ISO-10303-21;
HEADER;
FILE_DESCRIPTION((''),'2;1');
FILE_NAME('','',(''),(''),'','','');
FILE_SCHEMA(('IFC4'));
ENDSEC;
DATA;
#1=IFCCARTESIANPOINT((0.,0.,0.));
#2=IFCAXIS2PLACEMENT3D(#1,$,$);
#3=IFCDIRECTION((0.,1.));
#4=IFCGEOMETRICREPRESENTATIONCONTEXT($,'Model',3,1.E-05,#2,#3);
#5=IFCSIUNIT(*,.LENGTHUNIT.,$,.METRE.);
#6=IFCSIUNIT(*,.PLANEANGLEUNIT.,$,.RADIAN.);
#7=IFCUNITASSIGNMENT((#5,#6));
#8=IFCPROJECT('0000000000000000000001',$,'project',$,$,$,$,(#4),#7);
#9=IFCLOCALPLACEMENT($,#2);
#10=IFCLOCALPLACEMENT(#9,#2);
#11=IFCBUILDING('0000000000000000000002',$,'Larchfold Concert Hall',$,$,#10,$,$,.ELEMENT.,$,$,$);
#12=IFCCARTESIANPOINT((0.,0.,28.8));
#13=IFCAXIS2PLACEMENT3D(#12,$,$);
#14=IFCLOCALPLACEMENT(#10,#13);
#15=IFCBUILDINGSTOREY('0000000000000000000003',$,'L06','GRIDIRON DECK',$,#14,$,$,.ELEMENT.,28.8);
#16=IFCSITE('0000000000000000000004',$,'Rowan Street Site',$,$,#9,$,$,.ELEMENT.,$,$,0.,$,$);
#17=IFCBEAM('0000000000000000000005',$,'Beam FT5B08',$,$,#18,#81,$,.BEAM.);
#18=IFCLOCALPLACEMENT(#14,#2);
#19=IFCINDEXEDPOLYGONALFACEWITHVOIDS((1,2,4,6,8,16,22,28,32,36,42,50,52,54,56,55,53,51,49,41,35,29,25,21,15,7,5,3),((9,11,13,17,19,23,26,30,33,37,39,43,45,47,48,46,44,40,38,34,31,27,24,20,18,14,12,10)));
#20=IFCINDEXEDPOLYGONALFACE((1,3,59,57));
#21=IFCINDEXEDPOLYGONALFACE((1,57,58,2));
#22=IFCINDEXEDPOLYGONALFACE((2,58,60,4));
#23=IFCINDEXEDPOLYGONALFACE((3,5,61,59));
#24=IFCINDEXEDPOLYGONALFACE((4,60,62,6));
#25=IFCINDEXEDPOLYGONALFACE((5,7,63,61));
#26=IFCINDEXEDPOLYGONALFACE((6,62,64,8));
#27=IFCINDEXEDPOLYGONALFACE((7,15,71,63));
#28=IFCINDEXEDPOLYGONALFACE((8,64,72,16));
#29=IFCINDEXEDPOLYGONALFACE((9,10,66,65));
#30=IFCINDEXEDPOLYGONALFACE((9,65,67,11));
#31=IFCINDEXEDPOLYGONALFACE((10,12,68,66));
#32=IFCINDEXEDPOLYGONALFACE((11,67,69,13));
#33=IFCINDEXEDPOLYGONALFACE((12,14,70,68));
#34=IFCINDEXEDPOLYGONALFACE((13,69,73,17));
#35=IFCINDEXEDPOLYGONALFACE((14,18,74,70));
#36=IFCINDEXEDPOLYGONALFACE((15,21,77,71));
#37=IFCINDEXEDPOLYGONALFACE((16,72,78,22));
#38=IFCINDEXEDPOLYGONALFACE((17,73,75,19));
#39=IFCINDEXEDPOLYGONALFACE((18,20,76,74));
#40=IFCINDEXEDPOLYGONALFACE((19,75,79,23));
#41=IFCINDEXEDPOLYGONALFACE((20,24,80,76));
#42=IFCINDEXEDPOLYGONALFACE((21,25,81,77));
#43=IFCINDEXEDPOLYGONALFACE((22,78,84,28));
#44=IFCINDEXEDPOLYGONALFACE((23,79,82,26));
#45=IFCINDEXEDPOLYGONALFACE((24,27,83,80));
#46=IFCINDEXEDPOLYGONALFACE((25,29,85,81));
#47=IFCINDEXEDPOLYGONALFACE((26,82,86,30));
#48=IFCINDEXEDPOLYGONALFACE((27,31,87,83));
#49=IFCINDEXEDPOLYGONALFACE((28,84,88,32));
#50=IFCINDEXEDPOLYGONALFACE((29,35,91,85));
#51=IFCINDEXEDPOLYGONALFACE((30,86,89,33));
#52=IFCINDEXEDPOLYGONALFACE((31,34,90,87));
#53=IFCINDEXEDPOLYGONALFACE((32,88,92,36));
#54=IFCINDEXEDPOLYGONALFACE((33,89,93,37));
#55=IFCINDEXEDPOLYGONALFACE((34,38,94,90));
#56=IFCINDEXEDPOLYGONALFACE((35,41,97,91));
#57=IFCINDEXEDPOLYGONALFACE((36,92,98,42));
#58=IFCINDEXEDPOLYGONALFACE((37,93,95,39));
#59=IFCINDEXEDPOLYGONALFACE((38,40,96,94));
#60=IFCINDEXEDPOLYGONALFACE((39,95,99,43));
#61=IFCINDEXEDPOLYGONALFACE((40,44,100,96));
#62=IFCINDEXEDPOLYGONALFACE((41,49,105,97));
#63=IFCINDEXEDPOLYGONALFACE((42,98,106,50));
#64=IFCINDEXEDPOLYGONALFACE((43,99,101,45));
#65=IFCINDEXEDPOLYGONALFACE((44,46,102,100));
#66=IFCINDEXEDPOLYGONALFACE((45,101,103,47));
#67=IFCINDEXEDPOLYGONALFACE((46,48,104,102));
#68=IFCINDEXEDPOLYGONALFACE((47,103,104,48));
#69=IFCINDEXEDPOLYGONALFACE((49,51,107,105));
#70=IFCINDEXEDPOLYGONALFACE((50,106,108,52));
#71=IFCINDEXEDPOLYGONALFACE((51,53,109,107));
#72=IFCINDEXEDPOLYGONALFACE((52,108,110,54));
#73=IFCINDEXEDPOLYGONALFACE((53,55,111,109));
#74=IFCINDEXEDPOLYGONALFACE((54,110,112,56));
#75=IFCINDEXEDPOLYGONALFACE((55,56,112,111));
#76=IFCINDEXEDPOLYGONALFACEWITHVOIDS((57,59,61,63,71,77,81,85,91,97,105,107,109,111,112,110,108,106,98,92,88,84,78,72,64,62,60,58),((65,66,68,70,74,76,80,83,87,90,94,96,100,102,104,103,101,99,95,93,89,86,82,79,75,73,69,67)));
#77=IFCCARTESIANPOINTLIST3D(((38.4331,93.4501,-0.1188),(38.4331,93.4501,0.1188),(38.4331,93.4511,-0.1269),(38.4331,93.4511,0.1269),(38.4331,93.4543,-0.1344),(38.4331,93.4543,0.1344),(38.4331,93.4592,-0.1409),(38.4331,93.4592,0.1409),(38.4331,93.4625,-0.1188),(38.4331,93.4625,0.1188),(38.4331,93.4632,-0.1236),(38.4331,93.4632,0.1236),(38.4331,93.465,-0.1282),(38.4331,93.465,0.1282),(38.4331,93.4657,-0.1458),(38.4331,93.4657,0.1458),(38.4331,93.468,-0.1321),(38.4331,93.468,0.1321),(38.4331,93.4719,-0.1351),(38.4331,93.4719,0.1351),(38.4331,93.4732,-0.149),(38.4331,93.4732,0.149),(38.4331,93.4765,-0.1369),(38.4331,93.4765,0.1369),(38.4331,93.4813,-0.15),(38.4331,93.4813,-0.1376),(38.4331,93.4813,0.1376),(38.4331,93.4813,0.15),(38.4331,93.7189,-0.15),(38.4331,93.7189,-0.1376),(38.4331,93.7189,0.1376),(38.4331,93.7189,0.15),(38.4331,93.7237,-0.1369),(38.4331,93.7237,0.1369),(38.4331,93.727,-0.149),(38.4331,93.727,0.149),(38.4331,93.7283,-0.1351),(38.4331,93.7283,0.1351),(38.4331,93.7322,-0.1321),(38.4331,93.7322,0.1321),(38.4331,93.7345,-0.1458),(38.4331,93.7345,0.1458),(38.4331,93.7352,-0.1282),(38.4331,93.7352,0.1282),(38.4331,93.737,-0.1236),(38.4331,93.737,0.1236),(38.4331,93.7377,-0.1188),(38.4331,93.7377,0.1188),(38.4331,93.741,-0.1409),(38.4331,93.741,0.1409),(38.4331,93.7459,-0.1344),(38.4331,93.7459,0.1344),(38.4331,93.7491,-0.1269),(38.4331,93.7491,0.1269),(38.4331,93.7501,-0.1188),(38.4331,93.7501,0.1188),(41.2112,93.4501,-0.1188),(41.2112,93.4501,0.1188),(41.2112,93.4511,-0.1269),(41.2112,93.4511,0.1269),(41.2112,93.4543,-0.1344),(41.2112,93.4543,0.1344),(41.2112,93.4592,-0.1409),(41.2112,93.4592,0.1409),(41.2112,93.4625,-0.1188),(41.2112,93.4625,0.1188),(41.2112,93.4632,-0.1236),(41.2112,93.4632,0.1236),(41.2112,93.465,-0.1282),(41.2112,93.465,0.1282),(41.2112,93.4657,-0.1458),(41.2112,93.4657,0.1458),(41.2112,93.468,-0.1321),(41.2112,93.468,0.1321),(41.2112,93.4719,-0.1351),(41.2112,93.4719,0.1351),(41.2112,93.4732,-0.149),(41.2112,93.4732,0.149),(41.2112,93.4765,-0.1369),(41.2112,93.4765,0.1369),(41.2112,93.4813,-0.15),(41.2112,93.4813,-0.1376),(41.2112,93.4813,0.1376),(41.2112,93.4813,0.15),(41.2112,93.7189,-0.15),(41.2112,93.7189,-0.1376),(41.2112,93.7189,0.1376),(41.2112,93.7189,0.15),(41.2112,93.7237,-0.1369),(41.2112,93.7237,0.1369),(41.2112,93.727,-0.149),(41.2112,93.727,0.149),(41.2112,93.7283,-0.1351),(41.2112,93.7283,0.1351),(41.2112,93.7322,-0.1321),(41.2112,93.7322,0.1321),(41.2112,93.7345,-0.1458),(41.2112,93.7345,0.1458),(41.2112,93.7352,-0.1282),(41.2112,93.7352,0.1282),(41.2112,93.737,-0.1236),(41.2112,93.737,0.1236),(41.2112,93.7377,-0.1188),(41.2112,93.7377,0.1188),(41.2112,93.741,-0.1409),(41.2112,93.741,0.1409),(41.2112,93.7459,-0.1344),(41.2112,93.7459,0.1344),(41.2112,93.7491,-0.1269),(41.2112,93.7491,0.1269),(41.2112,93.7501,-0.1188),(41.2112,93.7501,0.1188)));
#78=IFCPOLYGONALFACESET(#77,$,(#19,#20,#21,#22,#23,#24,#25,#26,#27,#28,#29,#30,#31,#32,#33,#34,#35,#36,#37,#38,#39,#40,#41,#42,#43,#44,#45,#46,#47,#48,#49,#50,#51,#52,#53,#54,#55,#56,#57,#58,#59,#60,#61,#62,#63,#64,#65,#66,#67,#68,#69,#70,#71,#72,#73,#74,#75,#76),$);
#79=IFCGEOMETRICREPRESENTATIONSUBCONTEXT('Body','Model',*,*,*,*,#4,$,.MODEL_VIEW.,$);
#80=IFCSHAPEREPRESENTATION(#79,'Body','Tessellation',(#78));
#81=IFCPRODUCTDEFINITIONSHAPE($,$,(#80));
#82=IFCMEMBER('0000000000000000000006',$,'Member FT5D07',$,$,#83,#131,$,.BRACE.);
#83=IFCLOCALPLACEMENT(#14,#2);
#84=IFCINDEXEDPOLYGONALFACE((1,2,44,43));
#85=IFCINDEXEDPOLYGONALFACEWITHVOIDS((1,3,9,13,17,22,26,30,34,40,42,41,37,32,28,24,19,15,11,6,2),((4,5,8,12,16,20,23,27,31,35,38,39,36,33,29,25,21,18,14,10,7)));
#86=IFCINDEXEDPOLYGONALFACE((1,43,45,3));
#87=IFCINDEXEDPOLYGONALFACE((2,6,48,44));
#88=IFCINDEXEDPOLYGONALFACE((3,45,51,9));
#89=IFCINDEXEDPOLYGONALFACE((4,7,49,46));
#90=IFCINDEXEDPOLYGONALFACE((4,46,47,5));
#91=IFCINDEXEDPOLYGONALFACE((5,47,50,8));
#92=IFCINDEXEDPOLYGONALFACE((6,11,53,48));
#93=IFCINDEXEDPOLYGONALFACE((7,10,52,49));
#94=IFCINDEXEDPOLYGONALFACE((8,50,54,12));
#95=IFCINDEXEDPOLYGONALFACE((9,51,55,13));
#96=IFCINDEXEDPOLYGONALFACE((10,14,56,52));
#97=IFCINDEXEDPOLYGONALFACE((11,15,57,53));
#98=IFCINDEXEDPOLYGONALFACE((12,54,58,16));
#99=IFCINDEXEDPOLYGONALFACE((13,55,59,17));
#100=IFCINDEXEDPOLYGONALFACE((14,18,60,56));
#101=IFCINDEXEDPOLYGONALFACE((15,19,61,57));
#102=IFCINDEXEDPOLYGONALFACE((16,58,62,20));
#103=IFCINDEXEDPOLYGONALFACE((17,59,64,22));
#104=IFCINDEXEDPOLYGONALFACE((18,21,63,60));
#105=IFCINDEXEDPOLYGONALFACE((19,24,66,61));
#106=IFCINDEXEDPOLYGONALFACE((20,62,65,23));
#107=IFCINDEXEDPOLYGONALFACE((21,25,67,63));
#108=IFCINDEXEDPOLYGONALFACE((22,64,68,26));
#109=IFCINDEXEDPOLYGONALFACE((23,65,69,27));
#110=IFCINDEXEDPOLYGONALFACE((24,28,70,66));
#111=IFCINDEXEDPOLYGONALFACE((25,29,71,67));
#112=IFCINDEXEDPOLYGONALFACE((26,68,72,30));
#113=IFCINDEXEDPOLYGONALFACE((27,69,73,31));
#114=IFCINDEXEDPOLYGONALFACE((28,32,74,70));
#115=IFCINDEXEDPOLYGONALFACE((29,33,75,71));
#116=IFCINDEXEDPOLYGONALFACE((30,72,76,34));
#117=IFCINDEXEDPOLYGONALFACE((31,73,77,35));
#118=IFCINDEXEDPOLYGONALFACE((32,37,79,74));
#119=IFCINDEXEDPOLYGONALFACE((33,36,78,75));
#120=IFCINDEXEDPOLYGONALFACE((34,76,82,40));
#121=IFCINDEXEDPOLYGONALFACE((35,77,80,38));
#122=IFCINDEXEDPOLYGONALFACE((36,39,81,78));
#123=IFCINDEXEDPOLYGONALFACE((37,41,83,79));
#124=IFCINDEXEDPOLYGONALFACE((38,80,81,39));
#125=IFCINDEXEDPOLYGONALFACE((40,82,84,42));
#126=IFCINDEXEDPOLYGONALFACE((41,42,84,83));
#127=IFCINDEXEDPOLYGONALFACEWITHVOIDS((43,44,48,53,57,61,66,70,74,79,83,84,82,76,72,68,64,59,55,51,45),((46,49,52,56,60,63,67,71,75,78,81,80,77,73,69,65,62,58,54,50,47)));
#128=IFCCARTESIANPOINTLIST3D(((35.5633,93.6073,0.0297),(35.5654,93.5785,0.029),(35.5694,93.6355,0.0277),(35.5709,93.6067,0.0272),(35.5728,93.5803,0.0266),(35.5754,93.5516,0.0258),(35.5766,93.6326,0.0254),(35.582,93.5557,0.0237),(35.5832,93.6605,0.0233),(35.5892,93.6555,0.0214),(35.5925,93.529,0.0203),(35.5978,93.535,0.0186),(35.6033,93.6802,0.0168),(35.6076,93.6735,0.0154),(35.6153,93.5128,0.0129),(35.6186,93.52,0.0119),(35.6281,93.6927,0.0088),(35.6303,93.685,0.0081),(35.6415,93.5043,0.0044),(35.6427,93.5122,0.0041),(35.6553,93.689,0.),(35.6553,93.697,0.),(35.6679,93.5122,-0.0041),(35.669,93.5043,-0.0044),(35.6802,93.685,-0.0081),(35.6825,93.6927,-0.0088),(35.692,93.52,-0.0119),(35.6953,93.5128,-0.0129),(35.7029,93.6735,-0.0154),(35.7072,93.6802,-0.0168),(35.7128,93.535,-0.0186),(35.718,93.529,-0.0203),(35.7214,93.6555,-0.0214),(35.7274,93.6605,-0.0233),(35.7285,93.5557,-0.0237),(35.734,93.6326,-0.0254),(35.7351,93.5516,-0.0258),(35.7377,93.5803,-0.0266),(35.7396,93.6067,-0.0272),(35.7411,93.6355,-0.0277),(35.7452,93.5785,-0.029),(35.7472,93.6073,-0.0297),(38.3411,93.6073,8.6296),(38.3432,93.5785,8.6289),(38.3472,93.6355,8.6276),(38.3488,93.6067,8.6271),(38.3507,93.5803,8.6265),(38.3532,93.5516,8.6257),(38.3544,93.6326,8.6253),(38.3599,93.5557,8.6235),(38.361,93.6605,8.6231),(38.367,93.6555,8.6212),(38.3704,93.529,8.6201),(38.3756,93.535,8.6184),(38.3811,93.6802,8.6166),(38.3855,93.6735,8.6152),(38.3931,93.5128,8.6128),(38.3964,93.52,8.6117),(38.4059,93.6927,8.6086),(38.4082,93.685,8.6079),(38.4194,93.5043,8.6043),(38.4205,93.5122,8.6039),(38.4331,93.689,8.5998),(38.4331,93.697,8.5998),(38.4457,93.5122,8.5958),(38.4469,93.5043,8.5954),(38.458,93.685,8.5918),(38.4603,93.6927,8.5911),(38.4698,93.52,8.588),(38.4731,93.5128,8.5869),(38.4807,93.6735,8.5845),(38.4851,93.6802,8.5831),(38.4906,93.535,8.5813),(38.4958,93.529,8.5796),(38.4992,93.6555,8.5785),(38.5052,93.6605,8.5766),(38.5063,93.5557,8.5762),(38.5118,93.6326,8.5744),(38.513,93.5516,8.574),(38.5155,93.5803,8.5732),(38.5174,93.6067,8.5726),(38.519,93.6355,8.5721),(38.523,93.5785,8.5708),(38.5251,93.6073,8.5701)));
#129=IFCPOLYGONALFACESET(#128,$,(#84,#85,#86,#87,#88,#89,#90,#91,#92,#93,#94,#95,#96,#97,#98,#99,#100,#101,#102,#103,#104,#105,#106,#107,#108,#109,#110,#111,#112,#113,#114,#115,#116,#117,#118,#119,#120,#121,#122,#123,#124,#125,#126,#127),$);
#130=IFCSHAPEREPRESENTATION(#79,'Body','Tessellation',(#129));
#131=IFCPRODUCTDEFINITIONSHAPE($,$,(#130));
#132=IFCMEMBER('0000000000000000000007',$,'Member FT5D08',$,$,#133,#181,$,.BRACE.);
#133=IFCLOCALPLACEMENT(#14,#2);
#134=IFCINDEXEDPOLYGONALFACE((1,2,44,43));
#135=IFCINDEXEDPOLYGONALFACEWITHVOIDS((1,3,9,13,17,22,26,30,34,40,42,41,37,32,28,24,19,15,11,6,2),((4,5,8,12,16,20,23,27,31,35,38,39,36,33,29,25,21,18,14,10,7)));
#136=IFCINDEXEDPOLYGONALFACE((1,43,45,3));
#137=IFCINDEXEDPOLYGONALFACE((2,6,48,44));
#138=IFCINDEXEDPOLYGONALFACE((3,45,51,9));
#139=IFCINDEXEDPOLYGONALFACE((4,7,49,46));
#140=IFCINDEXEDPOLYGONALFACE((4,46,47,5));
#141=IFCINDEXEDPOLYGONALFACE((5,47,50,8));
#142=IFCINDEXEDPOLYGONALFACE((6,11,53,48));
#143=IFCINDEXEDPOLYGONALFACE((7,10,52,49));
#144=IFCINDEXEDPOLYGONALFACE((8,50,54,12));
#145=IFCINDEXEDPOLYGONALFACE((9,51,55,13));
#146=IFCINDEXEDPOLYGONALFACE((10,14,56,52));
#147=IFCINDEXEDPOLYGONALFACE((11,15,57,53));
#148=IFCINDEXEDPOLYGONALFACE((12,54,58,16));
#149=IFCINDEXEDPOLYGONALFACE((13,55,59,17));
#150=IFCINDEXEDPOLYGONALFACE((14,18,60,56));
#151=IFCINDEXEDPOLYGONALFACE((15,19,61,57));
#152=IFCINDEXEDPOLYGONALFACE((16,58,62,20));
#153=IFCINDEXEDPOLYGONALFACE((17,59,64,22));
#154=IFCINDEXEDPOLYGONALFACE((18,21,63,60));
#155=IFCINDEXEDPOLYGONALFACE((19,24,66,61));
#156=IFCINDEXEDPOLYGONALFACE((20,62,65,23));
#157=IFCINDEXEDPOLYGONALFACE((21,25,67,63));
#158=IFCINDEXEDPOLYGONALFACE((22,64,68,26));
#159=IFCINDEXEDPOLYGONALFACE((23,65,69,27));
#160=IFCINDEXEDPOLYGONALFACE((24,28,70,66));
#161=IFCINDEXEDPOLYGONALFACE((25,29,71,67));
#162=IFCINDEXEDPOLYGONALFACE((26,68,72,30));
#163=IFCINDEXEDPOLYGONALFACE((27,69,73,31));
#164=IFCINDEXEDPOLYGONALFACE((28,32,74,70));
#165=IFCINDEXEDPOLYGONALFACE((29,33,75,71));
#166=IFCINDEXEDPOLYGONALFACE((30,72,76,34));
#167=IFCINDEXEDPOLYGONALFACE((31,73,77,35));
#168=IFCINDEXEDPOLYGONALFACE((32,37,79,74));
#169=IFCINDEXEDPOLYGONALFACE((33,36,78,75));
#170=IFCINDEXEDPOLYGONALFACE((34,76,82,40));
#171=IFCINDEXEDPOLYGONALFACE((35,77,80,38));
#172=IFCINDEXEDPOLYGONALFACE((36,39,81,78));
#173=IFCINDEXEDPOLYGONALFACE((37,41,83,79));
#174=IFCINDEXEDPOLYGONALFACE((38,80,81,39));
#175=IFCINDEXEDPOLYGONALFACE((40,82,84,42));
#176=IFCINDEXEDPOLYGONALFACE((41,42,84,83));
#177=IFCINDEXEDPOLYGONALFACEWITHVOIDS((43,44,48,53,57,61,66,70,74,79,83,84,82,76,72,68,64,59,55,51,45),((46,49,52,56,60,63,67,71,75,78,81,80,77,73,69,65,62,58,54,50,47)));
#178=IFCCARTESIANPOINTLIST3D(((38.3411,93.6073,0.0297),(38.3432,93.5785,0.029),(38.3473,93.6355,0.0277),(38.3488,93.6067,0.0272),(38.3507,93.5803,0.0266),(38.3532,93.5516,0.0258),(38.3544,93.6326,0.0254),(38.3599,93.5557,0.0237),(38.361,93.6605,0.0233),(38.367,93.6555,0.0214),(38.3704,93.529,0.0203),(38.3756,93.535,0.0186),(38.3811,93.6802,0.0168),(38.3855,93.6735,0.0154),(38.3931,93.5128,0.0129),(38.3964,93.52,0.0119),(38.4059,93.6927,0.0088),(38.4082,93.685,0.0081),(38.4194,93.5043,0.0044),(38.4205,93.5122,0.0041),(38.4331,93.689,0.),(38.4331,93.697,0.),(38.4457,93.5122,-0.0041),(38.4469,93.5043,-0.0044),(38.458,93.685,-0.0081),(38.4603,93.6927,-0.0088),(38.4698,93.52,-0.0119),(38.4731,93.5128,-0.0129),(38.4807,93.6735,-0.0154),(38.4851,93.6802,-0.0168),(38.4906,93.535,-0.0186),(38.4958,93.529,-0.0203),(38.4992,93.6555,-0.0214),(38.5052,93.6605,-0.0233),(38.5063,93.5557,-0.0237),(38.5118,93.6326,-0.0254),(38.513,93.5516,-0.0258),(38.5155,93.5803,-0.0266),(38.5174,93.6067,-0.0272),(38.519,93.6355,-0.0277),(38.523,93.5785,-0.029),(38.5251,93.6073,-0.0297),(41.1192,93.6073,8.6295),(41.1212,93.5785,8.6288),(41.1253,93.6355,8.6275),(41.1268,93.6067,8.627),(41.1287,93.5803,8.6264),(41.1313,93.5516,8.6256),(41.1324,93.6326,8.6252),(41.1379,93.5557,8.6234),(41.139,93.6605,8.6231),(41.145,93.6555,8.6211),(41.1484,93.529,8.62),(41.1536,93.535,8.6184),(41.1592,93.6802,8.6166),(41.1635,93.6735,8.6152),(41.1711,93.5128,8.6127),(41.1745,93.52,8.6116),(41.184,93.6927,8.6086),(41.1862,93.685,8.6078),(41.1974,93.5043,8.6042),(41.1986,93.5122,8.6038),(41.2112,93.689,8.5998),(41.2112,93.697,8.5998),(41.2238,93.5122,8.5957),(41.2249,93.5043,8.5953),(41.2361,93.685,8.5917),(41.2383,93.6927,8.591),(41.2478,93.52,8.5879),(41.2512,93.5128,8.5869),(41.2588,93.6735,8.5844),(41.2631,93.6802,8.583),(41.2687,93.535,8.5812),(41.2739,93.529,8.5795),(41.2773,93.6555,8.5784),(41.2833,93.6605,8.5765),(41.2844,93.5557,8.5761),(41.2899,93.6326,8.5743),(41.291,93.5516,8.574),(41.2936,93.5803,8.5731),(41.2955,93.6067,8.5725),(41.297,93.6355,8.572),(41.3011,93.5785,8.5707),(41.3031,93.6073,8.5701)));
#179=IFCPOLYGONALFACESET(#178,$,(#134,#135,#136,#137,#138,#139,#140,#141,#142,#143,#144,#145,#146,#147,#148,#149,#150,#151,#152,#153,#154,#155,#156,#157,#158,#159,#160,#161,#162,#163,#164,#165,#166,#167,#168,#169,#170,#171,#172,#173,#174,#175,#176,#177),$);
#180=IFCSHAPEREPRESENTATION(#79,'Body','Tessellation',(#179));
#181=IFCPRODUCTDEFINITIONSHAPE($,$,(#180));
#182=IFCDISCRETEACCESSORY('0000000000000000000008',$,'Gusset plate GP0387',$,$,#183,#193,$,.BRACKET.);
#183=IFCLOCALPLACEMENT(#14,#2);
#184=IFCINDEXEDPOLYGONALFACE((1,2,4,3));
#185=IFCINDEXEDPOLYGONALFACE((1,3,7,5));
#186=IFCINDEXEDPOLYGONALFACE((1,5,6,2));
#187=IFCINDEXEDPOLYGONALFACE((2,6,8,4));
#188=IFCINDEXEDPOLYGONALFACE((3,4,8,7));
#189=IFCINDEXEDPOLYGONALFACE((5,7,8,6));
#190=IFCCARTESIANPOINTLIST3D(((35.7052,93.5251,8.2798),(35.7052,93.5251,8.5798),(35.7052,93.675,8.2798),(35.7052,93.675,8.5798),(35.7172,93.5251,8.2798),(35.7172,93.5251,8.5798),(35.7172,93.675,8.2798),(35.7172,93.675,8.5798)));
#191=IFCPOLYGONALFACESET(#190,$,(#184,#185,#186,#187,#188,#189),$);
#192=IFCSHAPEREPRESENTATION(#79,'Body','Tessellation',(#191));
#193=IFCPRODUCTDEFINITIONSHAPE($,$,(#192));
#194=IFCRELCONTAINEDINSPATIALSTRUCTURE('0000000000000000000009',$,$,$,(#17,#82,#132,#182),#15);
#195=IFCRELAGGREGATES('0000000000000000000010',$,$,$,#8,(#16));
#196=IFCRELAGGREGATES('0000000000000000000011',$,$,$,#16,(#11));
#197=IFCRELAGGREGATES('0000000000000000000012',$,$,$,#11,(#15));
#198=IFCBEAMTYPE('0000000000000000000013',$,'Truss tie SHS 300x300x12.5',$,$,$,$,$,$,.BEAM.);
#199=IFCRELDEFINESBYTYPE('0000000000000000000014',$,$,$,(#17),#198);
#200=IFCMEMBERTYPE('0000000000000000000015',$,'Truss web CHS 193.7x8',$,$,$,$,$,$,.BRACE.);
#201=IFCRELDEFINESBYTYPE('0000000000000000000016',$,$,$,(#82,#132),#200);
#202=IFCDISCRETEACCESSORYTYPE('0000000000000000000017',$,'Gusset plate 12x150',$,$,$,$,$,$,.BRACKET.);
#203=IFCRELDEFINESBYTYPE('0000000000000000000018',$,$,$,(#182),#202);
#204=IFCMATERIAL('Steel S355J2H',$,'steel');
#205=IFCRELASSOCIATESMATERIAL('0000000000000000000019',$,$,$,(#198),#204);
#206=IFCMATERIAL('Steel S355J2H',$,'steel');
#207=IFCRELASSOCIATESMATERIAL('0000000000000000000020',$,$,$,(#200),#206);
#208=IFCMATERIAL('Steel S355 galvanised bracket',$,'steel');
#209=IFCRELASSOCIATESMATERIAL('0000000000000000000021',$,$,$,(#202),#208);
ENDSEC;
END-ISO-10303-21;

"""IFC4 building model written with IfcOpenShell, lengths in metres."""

from ifc_helpers import new_model, si_unit, direction, frame, origin, origin_2d, place, context, subcontext, project, spatial, rectangle, hollow_rectangle, hollow_circle, extrude, material, material_profile, profile_set, type_object, element, save


model = new_model("IFC4")

# Units and contexts
model_context = context("Model", 3, precision=1e-05, world=origin(), true_north=direction((0.0, 1.0)))
body_context = subcontext(model_context, "Body", "Model", "MODEL_VIEW")
ifc_project = project(units=[si_unit("LENGTHUNIT", "METRE"), si_unit("PLANEANGLEUNIT", "RADIAN")], contexts=[model_context])

# Site, building, storey
site_placement = place(None, origin())
site = spatial("IfcSite", under=ifc_project, at=site_placement, Name="Rowan Street Site", CompositionType="ELEMENT", RefElevation=0.0)
building_placement = place(site_placement, origin())
building = spatial("IfcBuilding", under=site, at=building_placement, Name="Larchfold Concert Hall", CompositionType="ELEMENT")
storey_placement = place(building_placement, frame((0.0, 0.0, 28.8)))
storey = spatial("IfcBuildingStorey", under=building, at=storey_placement, Name="L06", Description="GRIDIRON DECK", CompositionType="ELEMENT", Elevation=28.8)

# Beam
ifc_material_1 = material(Name="Steel S355J2H", Category="steel")
ifc_material_profile_1 = material_profile(ifc_material_1, hollow_rectangle(XDim=0.3, YDim=0.3, WallThickness=0.0125, InnerFilletRadius=0.0188, OuterFilletRadius=0.0312, at=origin_2d()))
ifc_profile_set_1 = profile_set([ifc_material_profile_1], Name="Steel S355J2H")
beam_type_1 = type_object("IfcBeamType", Name="Truss tie SHS 300x300x12.5", PredefinedType="BEAM", material=ifc_profile_set_1)
beam_1_placement = place(storey_placement, frame((38.4331, 93.6001, 0.0), z_axis=(1.0, 0.0, 0.0), x_axis=(0.0, 1.0, 0.0)))
element("IfcBeam", 1, at=beam_1_placement, inside=storey, type_object=beam_type_1, Name="Beam FT5B08", PredefinedType="BEAM", context=body_context, shape_type="SweptSolid", body=[
    extrude(hollow_rectangle(XDim=0.3, YDim=0.3, WallThickness=0.0125, InnerFilletRadius=0.0188, OuterFilletRadius=0.0312, at=origin_2d()), origin(), (0.0, 0.0, 1.0), 2.7781),
])

# Members
ifc_material_2 = material(Name="Steel S355J2H", Category="steel")
ifc_material_profile_2 = material_profile(ifc_material_2, hollow_circle(Radius=0.0969, WallThickness=0.0081, at=origin_2d()))
ifc_profile_set_2 = profile_set([ifc_material_profile_2], Name="Steel S355J2H")
member_type_1 = type_object("IfcMemberType", Name="Truss web CHS 193.7x8", PredefinedType="BRACE", material=ifc_profile_set_2)
for number, where, z_axis, x_axis, name in (
    (2, (35.6553, 93.6001, 0.0), (0.307372, 0.0, 0.951589), (0.0, 1.0, 0.0), "Member FT5D07"),
    (3, (38.4331, 93.6001, 0.0), (0.307397, 0.0, 0.951581), (0.0, 1.0, 0.0), "Member FT5D08"),
):
    element("IfcMember", number, at=place(storey_placement, frame(where, z_axis=z_axis, x_axis=x_axis)), inside=storey, type_object=member_type_1, Name=name, PredefinedType="BRACE", context=body_context, shape_type="SweptSolid", body=[
        extrude(hollow_circle(Radius=0.0969, WallThickness=0.0081, at=origin_2d()), origin(), (0.0, 0.0, 1.0), 9.0374),
    ])

# Discrete accessory
ifc_material_3 = material(Name="Steel S355 galvanised bracket", Category="steel")
ifc_material_profile_3 = material_profile(ifc_material_3, rectangle(XDim=0.012, YDim=0.1499, at=origin_2d()))
ifc_profile_set_3 = profile_set([ifc_material_profile_3], Name="Steel S355 galvanised bracket")
discrete_accessory_type_1 = type_object("IfcDiscreteAccessoryType", Name="Gusset plate 12x150", PredefinedType="BRACKET", material=ifc_profile_set_3)
for number, where, z_axis, x_axis, name in (
    (4, (35.7112, 93.6001, 8.5798), (0.0, 0.0, -1.0), (1.0, 0.0, 0.0), "Gusset plate GP0387"),
):
    element("IfcDiscreteAccessory", number, at=place(storey_placement, frame(where, z_axis=z_axis, x_axis=x_axis)), inside=storey, type_object=discrete_accessory_type_1, Name=name, PredefinedType="BRACKET", context=body_context, shape_type="SweptSolid", body=[
        extrude(rectangle(XDim=0.012, YDim=0.1499, at=origin_2d()), origin(), (0.0, 0.0, 1.0), 0.3),
    ])

save(model, "model.ifc")
